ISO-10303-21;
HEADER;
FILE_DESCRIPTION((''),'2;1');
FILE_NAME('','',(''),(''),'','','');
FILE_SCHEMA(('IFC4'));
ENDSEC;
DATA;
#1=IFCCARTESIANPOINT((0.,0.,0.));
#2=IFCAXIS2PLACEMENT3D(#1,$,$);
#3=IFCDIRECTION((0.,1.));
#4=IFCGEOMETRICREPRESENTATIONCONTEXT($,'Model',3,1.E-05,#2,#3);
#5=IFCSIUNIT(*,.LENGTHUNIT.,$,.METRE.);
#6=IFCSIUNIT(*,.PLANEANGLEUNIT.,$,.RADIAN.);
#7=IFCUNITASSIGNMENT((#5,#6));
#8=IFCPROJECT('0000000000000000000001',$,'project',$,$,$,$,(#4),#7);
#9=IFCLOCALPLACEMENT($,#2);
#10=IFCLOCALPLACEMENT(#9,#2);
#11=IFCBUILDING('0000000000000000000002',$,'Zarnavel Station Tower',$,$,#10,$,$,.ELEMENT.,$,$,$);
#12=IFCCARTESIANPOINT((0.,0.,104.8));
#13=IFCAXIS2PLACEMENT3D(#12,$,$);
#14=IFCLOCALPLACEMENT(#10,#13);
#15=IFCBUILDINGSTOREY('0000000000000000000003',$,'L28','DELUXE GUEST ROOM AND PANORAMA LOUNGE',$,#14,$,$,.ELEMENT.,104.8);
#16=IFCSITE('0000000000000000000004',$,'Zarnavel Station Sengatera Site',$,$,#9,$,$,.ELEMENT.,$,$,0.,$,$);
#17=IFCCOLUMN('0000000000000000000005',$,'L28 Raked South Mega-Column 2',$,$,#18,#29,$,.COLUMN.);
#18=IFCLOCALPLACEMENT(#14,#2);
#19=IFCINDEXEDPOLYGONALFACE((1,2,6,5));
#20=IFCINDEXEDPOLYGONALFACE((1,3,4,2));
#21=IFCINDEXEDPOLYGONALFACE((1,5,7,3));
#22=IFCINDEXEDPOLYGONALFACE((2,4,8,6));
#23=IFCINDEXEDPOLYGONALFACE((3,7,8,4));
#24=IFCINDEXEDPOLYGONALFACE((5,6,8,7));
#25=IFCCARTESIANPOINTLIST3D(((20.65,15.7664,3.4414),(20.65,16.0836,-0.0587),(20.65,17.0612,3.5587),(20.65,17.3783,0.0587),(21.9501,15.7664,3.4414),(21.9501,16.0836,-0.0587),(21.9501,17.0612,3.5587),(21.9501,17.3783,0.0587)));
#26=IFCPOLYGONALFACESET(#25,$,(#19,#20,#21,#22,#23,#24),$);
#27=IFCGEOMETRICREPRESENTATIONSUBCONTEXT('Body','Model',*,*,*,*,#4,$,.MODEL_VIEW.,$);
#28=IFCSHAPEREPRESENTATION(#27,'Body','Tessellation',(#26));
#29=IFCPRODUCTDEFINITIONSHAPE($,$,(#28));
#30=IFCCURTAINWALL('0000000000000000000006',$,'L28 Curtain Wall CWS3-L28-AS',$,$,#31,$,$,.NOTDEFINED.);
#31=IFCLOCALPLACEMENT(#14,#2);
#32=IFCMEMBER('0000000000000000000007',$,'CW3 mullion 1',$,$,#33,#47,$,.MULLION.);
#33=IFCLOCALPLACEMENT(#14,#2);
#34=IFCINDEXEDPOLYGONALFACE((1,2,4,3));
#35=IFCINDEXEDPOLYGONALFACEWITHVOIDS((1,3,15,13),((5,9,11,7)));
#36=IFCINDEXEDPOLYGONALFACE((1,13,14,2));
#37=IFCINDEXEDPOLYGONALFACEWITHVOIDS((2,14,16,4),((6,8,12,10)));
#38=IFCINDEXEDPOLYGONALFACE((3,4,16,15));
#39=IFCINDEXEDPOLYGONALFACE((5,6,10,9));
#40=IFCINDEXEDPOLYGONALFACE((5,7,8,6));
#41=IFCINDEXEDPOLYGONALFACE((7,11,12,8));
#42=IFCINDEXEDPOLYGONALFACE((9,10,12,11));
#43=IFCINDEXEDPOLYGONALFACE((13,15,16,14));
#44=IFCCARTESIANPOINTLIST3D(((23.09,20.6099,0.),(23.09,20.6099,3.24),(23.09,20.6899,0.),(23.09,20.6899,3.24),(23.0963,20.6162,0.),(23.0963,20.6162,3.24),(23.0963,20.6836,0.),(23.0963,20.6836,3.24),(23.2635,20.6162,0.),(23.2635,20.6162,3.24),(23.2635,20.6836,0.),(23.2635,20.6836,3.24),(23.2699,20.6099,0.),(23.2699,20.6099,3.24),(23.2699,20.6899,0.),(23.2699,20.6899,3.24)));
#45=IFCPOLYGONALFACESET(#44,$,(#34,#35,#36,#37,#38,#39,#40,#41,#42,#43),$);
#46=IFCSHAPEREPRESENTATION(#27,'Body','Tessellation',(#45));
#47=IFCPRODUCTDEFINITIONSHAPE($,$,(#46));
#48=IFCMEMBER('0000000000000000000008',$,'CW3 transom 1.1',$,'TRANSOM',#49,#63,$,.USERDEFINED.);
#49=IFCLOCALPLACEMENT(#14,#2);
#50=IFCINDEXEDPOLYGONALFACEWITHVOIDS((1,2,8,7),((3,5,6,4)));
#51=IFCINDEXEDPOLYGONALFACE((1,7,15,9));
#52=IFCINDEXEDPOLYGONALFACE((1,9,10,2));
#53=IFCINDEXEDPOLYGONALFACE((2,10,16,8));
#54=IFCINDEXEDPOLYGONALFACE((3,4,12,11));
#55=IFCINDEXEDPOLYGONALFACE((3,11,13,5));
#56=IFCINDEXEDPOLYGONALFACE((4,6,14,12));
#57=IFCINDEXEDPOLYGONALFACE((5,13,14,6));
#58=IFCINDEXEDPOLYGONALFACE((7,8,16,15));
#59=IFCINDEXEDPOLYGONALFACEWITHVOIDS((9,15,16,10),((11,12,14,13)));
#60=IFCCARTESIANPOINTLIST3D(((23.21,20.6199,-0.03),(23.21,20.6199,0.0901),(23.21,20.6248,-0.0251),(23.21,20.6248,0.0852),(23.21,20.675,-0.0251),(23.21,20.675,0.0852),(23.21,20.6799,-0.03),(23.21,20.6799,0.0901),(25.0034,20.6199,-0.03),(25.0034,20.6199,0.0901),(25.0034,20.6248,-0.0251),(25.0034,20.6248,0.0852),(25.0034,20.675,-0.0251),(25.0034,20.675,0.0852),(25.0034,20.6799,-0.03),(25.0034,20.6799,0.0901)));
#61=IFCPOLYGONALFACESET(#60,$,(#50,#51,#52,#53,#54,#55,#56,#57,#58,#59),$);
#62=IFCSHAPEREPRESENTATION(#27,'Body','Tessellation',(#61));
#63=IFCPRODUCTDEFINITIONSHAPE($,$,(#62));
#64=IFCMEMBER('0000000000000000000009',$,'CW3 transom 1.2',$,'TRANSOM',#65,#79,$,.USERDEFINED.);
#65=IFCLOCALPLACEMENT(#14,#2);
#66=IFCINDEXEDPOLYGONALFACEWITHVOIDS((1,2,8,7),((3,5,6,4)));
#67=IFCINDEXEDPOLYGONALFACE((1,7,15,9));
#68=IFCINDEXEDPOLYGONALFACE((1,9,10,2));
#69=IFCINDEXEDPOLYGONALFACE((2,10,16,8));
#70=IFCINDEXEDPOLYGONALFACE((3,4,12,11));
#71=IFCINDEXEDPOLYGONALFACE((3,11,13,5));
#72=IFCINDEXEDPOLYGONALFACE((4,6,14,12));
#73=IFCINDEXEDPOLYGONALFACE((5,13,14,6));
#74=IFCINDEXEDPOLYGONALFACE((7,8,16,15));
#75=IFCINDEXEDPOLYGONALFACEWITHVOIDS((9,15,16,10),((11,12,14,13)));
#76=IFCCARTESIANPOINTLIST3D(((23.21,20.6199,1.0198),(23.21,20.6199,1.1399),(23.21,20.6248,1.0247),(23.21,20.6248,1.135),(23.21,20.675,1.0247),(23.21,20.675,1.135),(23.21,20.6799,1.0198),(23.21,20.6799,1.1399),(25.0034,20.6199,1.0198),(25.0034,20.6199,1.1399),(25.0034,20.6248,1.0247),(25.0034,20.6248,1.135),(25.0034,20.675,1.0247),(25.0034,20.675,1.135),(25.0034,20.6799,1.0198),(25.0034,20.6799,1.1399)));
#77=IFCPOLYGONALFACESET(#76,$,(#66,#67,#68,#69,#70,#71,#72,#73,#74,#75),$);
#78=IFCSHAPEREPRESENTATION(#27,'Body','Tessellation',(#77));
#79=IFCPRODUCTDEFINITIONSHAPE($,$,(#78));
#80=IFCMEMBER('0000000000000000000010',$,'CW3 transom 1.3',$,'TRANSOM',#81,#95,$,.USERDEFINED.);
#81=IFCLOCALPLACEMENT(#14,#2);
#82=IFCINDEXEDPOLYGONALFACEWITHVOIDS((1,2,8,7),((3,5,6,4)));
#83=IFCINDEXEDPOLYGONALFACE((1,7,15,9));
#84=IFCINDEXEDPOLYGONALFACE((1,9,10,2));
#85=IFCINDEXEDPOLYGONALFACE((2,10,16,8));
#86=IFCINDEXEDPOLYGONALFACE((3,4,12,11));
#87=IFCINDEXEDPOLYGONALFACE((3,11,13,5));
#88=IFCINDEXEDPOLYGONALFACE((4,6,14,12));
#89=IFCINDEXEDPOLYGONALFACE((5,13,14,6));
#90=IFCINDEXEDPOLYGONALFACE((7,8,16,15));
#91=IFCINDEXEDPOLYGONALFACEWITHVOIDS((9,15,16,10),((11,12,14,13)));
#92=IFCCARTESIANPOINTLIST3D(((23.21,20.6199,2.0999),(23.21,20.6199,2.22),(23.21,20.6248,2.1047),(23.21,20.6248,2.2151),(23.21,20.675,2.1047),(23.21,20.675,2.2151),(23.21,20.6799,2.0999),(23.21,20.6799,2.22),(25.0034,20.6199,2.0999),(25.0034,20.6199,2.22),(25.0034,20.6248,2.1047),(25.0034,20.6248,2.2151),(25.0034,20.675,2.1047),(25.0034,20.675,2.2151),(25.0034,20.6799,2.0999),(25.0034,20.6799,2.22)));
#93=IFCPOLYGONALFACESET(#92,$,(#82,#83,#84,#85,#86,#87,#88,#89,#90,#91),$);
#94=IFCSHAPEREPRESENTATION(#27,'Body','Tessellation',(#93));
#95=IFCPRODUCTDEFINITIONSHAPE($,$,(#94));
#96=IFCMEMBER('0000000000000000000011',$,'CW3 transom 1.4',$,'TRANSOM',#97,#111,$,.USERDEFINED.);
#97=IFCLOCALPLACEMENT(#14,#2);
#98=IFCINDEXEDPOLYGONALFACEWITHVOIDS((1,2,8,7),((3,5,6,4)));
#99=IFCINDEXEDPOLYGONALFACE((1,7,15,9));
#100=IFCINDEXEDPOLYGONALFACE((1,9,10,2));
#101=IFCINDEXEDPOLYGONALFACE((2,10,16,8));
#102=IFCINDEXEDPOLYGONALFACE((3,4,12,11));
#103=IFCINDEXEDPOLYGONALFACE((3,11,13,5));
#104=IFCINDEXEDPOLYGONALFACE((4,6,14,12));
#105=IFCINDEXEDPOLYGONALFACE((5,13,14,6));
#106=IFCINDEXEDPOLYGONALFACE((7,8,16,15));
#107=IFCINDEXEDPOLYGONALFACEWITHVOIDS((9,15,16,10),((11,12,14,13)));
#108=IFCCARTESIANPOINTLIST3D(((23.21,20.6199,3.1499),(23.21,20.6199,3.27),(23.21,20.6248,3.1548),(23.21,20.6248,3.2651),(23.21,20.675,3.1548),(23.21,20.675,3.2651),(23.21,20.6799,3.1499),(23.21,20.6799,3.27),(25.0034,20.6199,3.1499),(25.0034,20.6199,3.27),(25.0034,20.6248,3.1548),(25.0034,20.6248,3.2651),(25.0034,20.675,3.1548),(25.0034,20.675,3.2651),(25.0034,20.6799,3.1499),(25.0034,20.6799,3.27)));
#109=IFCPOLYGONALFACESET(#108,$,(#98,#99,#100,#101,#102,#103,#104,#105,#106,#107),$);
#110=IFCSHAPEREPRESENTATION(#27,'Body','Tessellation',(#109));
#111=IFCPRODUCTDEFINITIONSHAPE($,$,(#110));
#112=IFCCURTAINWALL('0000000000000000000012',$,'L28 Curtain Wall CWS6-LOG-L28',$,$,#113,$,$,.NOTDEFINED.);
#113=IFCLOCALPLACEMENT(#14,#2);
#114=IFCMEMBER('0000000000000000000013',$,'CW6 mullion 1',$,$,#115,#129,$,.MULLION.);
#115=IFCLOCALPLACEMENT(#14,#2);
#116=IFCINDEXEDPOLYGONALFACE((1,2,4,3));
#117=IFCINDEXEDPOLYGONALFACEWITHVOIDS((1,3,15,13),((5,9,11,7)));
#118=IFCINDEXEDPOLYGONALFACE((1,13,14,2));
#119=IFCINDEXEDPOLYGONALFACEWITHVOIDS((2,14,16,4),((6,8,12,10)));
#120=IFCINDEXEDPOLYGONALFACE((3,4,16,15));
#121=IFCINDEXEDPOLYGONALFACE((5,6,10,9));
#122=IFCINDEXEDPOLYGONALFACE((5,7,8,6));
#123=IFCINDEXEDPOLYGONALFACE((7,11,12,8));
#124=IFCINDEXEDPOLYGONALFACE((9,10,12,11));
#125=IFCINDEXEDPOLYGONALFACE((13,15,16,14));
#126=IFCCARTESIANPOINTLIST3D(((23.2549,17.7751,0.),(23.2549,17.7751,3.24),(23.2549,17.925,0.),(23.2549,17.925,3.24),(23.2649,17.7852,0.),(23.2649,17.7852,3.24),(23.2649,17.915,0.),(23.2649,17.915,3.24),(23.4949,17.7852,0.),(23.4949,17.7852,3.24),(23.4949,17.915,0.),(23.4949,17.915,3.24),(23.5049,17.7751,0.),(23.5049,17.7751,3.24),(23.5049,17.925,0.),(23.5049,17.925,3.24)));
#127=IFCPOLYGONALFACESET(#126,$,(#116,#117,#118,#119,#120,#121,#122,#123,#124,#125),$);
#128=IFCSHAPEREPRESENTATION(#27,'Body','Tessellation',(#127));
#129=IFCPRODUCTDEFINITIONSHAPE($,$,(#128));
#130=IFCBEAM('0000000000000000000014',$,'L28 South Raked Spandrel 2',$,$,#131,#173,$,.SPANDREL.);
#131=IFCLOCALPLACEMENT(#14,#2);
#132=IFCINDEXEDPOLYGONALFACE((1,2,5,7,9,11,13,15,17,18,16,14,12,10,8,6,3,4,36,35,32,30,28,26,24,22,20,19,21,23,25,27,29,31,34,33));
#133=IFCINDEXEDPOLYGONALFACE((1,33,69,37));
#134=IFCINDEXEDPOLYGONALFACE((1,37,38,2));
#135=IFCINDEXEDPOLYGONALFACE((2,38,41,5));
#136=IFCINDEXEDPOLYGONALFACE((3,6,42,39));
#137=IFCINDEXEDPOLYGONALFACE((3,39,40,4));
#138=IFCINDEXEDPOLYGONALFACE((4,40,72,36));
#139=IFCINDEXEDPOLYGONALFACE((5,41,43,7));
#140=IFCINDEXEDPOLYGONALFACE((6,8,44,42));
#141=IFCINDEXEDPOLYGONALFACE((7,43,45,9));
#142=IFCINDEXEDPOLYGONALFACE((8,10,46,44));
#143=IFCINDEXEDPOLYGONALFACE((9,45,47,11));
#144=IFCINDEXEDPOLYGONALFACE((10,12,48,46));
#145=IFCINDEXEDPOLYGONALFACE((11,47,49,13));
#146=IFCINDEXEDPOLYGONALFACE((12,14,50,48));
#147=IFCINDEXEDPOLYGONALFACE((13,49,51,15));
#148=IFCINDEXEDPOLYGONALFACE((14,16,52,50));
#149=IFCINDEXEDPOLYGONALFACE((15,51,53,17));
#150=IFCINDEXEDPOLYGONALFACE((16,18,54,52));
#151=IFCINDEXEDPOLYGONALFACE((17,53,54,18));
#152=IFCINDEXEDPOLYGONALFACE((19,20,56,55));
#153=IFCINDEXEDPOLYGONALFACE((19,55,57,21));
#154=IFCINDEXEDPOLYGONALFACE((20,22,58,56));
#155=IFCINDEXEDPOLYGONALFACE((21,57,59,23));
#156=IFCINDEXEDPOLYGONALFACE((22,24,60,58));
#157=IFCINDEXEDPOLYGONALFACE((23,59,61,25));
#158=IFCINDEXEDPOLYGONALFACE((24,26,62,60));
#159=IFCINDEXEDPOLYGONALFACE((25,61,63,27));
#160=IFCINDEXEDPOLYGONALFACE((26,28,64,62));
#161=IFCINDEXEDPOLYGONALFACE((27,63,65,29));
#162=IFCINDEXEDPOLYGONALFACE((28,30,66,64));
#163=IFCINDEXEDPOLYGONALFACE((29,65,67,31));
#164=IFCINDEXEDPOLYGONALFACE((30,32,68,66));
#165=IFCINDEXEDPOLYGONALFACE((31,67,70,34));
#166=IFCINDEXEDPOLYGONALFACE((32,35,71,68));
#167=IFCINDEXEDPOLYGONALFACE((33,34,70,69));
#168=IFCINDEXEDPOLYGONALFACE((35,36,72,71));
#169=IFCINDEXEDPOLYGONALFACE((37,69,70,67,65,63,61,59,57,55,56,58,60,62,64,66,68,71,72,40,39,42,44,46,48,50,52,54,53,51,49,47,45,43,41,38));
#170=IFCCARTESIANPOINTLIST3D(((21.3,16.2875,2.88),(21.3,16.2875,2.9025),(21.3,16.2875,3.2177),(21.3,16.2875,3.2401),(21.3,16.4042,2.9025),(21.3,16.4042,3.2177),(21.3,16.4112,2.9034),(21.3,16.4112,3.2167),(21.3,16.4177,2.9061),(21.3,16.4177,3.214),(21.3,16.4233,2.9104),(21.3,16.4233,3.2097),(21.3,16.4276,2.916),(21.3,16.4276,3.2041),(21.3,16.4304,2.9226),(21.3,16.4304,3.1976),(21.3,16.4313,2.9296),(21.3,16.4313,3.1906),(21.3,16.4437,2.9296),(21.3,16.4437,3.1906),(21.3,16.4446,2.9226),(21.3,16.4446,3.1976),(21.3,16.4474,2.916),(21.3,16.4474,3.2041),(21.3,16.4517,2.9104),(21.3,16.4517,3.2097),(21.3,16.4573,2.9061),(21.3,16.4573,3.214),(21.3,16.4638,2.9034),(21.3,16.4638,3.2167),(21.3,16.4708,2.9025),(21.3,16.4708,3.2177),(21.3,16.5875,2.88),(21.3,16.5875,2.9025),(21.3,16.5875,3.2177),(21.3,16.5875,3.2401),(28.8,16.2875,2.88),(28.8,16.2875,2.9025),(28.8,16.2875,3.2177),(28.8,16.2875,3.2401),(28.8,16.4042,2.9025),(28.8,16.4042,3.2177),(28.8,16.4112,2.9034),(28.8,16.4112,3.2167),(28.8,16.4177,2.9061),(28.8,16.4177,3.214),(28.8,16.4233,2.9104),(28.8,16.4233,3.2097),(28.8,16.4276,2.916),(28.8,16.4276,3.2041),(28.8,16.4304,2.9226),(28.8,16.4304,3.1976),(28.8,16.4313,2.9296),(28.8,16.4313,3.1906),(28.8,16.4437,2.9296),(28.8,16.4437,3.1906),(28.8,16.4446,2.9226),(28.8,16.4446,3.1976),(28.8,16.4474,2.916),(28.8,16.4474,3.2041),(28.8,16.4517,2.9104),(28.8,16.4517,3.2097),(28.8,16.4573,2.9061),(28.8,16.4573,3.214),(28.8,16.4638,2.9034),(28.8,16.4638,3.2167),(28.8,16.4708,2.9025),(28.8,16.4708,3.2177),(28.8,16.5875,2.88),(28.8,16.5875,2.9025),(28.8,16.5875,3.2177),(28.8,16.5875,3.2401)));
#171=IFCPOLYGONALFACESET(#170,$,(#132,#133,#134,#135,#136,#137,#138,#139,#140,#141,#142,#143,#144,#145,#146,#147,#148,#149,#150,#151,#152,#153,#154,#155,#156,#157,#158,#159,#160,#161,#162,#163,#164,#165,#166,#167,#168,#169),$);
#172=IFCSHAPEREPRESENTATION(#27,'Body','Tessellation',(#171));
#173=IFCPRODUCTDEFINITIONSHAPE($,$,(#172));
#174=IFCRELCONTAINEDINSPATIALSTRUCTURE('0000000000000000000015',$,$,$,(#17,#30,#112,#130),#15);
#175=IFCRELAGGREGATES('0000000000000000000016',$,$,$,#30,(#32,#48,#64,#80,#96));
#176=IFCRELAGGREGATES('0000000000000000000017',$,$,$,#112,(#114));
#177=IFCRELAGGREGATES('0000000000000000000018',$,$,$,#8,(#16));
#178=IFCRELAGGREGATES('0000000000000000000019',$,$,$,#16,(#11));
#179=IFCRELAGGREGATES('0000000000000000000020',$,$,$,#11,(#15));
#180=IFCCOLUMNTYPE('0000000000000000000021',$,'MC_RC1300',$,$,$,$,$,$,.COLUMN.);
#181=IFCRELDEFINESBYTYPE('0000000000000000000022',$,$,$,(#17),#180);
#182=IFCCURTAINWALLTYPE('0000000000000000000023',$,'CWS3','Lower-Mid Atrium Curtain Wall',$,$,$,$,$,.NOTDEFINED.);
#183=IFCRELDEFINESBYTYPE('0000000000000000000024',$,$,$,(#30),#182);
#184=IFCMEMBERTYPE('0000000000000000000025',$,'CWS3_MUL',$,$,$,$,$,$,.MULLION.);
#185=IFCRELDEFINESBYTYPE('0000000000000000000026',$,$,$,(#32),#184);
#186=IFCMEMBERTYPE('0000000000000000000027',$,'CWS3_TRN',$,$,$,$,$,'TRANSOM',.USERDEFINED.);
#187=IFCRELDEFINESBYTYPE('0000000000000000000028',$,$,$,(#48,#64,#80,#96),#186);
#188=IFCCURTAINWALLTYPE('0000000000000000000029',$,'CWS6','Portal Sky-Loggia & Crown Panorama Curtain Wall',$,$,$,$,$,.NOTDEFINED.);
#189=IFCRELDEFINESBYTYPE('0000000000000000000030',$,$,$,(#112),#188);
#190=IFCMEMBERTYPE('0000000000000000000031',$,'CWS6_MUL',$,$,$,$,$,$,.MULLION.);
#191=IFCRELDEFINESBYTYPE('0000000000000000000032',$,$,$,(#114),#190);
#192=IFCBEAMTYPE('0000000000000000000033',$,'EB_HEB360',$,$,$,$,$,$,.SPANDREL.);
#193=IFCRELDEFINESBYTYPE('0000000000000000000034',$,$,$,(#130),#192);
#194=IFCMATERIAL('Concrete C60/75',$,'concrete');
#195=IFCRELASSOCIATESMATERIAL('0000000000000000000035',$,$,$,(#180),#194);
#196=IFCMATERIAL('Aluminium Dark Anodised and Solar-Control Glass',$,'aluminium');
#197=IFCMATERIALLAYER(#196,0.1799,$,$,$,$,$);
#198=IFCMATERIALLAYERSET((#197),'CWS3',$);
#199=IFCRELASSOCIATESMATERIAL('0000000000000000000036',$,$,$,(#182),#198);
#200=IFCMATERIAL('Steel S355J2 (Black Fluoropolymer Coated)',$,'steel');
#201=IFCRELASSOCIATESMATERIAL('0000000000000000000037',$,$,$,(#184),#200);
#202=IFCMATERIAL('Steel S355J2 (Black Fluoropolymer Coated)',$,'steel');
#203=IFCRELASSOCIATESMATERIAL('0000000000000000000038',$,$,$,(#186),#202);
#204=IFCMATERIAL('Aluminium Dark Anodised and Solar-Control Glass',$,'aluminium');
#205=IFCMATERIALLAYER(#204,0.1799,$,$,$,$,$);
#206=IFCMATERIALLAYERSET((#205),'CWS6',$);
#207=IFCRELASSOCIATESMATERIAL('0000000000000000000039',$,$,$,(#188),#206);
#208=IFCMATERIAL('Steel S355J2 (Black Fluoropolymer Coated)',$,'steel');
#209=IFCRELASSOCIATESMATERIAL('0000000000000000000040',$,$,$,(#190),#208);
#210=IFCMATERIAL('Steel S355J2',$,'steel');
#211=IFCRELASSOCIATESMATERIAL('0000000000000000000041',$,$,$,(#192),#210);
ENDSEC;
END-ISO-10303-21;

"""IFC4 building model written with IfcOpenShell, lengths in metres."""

from ifc_helpers import new_model, si_unit, direction, frame, origin, origin_2d, place, context, subcontext, project, spatial, rectangle, hollow_rectangle, i_section, extrude, material, layer, layer_set, material_profile, profile_set, type_object, element, aggregate, save


model = new_model("IFC4")

# Units and contexts
model_context = context("Model", 3, precision=1e-05, world=origin(), true_north=direction((0.0, 1.0)))
body_context = subcontext(model_context, "Body", "Model", "MODEL_VIEW")
ifc_project = project(units=[si_unit("LENGTHUNIT", "METRE"), si_unit("PLANEANGLEUNIT", "RADIAN")], contexts=[model_context])

# Site, building, storey
site_placement = place(None, origin())
site = spatial("IfcSite", under=ifc_project, at=site_placement, Name="Zarnavel Station Sengatera Site", CompositionType="ELEMENT", RefElevation=0.0)
building_placement = place(site_placement, origin())
building = spatial("IfcBuilding", under=site, at=building_placement, Name="Zarnavel Station Tower", CompositionType="ELEMENT")
storey_placement = place(building_placement, frame((0.0, 0.0, 104.8)))
storey = spatial("IfcBuildingStorey", under=building, at=storey_placement, Name="L28", Description="DELUXE GUEST ROOM AND PANORAMA LOUNGE", CompositionType="ELEMENT", Elevation=104.8)

# Column
ifc_material_1 = material(Name="Concrete C60/75", Category="concrete")
ifc_material_profile_1 = material_profile(ifc_material_1, rectangle(XDim=1.3, YDim=1.3, at=origin_2d()), Name="RC1300x1300")
ifc_profile_set_1 = profile_set([ifc_material_profile_1], Name="Concrete C60/75")
column_type = type_object("IfcColumnType", Name="MC_RC1300", PredefinedType="COLUMN", material=ifc_profile_set_1)
column_placement = place(storey_placement, frame((21.3, 16.731, 0.0), z_axis=(0.0, -0.090241, 0.99592), x_axis=(1.0, 0.0, 0.0)))
element("IfcColumn", 1, at=column_placement, inside=storey, type_object=column_type, Name="L28 Raked South Mega-Column 2", PredefinedType="COLUMN", context=body_context, shape_type="SweptSolid", body=[
    extrude(rectangle(XDim=1.3, YDim=1.3, at=origin_2d()), origin(), (0.0, 0.0, 1.0), 3.5144),
])

# Curtain wall, members
ifc_material_2 = material(Name="Aluminium Dark Anodised and Solar-Control Glass", Category="aluminium")
ifc_layer_1 = layer(ifc_material_2, 0.1799)
ifc_layer_set_1 = layer_set([ifc_layer_1], Name="CWS3")
curtain_wall_type_1 = type_object("IfcCurtainWallType", Name="CWS3", Description="Lower-Mid Atrium Curtain Wall", PredefinedType="NOTDEFINED", material=ifc_layer_set_1)
curtain_wall_1_placement = place(storey_placement, origin())
curtain_wall_1 = element("IfcCurtainWall", 2, at=curtain_wall_1_placement, inside=storey, type_object=curtain_wall_type_1, Name="L28 Curtain Wall CWS3-L28-AS", PredefinedType="NOTDEFINED")
ifc_material_3 = material(Name="Steel S355J2 (Black Fluoropolymer Coated)", Category="steel")
ifc_material_profile_2 = material_profile(ifc_material_3, hollow_rectangle(XDim=0.0801, YDim=0.1799, WallThickness=0.0063, at=origin_2d()), Name="RHS180x80x6.3")
ifc_profile_set_2 = profile_set([ifc_material_profile_2], Name="Steel S355J2 (Black Fluoropolymer Coated)")
member_type_1 = type_object("IfcMemberType", Name="CWS3_MUL", PredefinedType="MULLION", material=ifc_profile_set_2)
member_1_placement = place(storey_placement, frame((23.1799, 20.6499, 0.0), z_axis=(0.0, 0.0, 1.0), x_axis=(0.0, 1.0, 0.0)))
member_1 = element("IfcMember", 3, at=member_1_placement, type_object=member_type_1, Name="CW3 mullion 1", PredefinedType="MULLION", context=body_context, shape_type="SweptSolid", body=[
    extrude(hollow_rectangle(XDim=0.0801, YDim=0.1799, WallThickness=0.0063, at=origin_2d()), origin(), (0.0, 0.0, 1.0), 3.24),
])
ifc_material_4 = material(Name="Steel S355J2 (Black Fluoropolymer Coated)", Category="steel")
ifc_material_profile_3 = material_profile(ifc_material_4, hollow_rectangle(XDim=0.0601, YDim=0.1201, WallThickness=0.0049, at=origin_2d()), Name="RHS120x60x5")
ifc_profile_set_3 = profile_set([ifc_material_profile_3], Name="Steel S355J2 (Black Fluoropolymer Coated)")
member_type_2 = type_object("IfcMemberType", Name="CWS3_TRN", ElementType="TRANSOM", PredefinedType="USERDEFINED", material=ifc_profile_set_3)
member_2_placement = place(storey_placement, frame((23.21, 20.6499, 0.03), z_axis=(1.0, 0.0, 0.0), x_axis=(0.0, 1.0, 0.0)))
member_2 = element("IfcMember", 4, at=member_2_placement, type_object=member_type_2, Name="CW3 transom 1.1", ObjectType="TRANSOM", PredefinedType="USERDEFINED", context=body_context, shape_type="SweptSolid", body=[
    extrude(hollow_rectangle(XDim=0.0601, YDim=0.1201, WallThickness=0.0049, at=origin_2d()), origin(), (0.0, 0.0, 1.0), 1.7935),
])
member_3_placement = place(storey_placement, frame((23.21, 20.6499, 1.0798), z_axis=(1.0, 0.0, 0.0), x_axis=(0.0, 1.0, 0.0)))
member_3 = element("IfcMember", 5, at=member_3_placement, type_object=member_type_2, Name="CW3 transom 1.2", ObjectType="TRANSOM", PredefinedType="USERDEFINED", context=body_context, shape_type="SweptSolid", body=[
    extrude(hollow_rectangle(XDim=0.0601, YDim=0.1201, WallThickness=0.0049, at=origin_2d()), origin(), (0.0, 0.0, 1.0), 1.7935),
])
member_4_placement = place(storey_placement, frame((23.21, 20.6499, 2.1599), z_axis=(1.0, 0.0, 0.0), x_axis=(0.0, 1.0, 0.0)))
member_4 = element("IfcMember", 6, at=member_4_placement, type_object=member_type_2, Name="CW3 transom 1.3", ObjectType="TRANSOM", PredefinedType="USERDEFINED", context=body_context, shape_type="SweptSolid", body=[
    extrude(hollow_rectangle(XDim=0.0601, YDim=0.1201, WallThickness=0.0049, at=origin_2d()), origin(), (0.0, 0.0, 1.0), 1.7935),
])
member_5_placement = place(storey_placement, frame((23.21, 20.6499, 3.21), z_axis=(1.0, 0.0, 0.0), x_axis=(0.0, 1.0, 0.0)))
member_5 = element("IfcMember", 7, at=member_5_placement, type_object=member_type_2, Name="CW3 transom 1.4", ObjectType="TRANSOM", PredefinedType="USERDEFINED", context=body_context, shape_type="SweptSolid", body=[
    extrude(hollow_rectangle(XDim=0.0601, YDim=0.1201, WallThickness=0.0049, at=origin_2d()), origin(), (0.0, 0.0, 1.0), 1.7935),
])
aggregate(curtain_wall_1, [member_1, member_2, member_3, member_4, member_5])

# Curtain wall, member
ifc_material_5 = material(Name="Aluminium Dark Anodised and Solar-Control Glass", Category="aluminium")
ifc_layer_2 = layer(ifc_material_5, 0.1799)
ifc_layer_set_2 = layer_set([ifc_layer_2], Name="CWS6")
curtain_wall_type_2 = type_object("IfcCurtainWallType", Name="CWS6", Description="Portal Sky-Loggia & Crown Panorama Curtain Wall", PredefinedType="NOTDEFINED", material=ifc_layer_set_2)
curtain_wall_2_placement = place(storey_placement, origin())
curtain_wall_2 = element("IfcCurtainWall", 8, at=curtain_wall_2_placement, inside=storey, type_object=curtain_wall_type_2, Name="L28 Curtain Wall CWS6-LOG-L28", PredefinedType="NOTDEFINED")
ifc_material_6 = material(Name="Steel S355J2 (Black Fluoropolymer Coated)", Category="steel")
ifc_material_profile_4 = material_profile(ifc_material_6, hollow_rectangle(XDim=0.1499, YDim=0.25, WallThickness=0.01, at=origin_2d()), Name="RHS250x150x10")
ifc_profile_set_4 = profile_set([ifc_material_profile_4], Name="Steel S355J2 (Black Fluoropolymer Coated)")
member_type_3 = type_object("IfcMemberType", Name="CWS6_MUL", PredefinedType="MULLION", material=ifc_profile_set_4)
member_6_placement = place(storey_placement, frame((23.3799, 17.8501, 0.0), z_axis=(0.0, 0.0, 1.0), x_axis=(0.0, 1.0, 0.0)))
member_6 = element("IfcMember", 9, at=member_6_placement, type_object=member_type_3, Name="CW6 mullion 1", PredefinedType="MULLION", context=body_context, shape_type="SweptSolid", body=[
    extrude(hollow_rectangle(XDim=0.1499, YDim=0.25, WallThickness=0.01, at=origin_2d()), origin(), (0.0, 0.0, 1.0), 3.24),
])
aggregate(curtain_wall_2, [member_6])

# Beam
ifc_material_7 = material(Name="Steel S355J2", Category="steel")
ifc_material_profile_5 = material_profile(ifc_material_7, i_section(OverallWidth=0.3, OverallDepth=0.3601, WebThickness=0.0125, FlangeThickness=0.0225, FilletRadius=0.0271, at=origin_2d()), Name="HEB360")
ifc_profile_set_5 = profile_set([ifc_material_profile_5], Name="Steel S355J2")
beam_type_1 = type_object("IfcBeamType", Name="EB_HEB360", PredefinedType="SPANDREL", material=ifc_profile_set_5)
beam_1_placement = place(storey_placement, frame((21.3, 16.4375, 3.0601), z_axis=(1.0, 0.0, 0.0), x_axis=(0.0, 1.0, 0.0)))
element("IfcBeam", 10, at=beam_1_placement, inside=storey, type_object=beam_type_1, Name="L28 South Raked Spandrel 2", PredefinedType="SPANDREL", context=body_context, shape_type="SweptSolid", body=[
    extrude(i_section(OverallWidth=0.3, OverallDepth=0.3601, WebThickness=0.0125, FlangeThickness=0.0225, FilletRadius=0.0271, at=origin_2d()), origin(), (0.0, 0.0, 1.0), 7.5),
])

save(model, "model.ifc")
